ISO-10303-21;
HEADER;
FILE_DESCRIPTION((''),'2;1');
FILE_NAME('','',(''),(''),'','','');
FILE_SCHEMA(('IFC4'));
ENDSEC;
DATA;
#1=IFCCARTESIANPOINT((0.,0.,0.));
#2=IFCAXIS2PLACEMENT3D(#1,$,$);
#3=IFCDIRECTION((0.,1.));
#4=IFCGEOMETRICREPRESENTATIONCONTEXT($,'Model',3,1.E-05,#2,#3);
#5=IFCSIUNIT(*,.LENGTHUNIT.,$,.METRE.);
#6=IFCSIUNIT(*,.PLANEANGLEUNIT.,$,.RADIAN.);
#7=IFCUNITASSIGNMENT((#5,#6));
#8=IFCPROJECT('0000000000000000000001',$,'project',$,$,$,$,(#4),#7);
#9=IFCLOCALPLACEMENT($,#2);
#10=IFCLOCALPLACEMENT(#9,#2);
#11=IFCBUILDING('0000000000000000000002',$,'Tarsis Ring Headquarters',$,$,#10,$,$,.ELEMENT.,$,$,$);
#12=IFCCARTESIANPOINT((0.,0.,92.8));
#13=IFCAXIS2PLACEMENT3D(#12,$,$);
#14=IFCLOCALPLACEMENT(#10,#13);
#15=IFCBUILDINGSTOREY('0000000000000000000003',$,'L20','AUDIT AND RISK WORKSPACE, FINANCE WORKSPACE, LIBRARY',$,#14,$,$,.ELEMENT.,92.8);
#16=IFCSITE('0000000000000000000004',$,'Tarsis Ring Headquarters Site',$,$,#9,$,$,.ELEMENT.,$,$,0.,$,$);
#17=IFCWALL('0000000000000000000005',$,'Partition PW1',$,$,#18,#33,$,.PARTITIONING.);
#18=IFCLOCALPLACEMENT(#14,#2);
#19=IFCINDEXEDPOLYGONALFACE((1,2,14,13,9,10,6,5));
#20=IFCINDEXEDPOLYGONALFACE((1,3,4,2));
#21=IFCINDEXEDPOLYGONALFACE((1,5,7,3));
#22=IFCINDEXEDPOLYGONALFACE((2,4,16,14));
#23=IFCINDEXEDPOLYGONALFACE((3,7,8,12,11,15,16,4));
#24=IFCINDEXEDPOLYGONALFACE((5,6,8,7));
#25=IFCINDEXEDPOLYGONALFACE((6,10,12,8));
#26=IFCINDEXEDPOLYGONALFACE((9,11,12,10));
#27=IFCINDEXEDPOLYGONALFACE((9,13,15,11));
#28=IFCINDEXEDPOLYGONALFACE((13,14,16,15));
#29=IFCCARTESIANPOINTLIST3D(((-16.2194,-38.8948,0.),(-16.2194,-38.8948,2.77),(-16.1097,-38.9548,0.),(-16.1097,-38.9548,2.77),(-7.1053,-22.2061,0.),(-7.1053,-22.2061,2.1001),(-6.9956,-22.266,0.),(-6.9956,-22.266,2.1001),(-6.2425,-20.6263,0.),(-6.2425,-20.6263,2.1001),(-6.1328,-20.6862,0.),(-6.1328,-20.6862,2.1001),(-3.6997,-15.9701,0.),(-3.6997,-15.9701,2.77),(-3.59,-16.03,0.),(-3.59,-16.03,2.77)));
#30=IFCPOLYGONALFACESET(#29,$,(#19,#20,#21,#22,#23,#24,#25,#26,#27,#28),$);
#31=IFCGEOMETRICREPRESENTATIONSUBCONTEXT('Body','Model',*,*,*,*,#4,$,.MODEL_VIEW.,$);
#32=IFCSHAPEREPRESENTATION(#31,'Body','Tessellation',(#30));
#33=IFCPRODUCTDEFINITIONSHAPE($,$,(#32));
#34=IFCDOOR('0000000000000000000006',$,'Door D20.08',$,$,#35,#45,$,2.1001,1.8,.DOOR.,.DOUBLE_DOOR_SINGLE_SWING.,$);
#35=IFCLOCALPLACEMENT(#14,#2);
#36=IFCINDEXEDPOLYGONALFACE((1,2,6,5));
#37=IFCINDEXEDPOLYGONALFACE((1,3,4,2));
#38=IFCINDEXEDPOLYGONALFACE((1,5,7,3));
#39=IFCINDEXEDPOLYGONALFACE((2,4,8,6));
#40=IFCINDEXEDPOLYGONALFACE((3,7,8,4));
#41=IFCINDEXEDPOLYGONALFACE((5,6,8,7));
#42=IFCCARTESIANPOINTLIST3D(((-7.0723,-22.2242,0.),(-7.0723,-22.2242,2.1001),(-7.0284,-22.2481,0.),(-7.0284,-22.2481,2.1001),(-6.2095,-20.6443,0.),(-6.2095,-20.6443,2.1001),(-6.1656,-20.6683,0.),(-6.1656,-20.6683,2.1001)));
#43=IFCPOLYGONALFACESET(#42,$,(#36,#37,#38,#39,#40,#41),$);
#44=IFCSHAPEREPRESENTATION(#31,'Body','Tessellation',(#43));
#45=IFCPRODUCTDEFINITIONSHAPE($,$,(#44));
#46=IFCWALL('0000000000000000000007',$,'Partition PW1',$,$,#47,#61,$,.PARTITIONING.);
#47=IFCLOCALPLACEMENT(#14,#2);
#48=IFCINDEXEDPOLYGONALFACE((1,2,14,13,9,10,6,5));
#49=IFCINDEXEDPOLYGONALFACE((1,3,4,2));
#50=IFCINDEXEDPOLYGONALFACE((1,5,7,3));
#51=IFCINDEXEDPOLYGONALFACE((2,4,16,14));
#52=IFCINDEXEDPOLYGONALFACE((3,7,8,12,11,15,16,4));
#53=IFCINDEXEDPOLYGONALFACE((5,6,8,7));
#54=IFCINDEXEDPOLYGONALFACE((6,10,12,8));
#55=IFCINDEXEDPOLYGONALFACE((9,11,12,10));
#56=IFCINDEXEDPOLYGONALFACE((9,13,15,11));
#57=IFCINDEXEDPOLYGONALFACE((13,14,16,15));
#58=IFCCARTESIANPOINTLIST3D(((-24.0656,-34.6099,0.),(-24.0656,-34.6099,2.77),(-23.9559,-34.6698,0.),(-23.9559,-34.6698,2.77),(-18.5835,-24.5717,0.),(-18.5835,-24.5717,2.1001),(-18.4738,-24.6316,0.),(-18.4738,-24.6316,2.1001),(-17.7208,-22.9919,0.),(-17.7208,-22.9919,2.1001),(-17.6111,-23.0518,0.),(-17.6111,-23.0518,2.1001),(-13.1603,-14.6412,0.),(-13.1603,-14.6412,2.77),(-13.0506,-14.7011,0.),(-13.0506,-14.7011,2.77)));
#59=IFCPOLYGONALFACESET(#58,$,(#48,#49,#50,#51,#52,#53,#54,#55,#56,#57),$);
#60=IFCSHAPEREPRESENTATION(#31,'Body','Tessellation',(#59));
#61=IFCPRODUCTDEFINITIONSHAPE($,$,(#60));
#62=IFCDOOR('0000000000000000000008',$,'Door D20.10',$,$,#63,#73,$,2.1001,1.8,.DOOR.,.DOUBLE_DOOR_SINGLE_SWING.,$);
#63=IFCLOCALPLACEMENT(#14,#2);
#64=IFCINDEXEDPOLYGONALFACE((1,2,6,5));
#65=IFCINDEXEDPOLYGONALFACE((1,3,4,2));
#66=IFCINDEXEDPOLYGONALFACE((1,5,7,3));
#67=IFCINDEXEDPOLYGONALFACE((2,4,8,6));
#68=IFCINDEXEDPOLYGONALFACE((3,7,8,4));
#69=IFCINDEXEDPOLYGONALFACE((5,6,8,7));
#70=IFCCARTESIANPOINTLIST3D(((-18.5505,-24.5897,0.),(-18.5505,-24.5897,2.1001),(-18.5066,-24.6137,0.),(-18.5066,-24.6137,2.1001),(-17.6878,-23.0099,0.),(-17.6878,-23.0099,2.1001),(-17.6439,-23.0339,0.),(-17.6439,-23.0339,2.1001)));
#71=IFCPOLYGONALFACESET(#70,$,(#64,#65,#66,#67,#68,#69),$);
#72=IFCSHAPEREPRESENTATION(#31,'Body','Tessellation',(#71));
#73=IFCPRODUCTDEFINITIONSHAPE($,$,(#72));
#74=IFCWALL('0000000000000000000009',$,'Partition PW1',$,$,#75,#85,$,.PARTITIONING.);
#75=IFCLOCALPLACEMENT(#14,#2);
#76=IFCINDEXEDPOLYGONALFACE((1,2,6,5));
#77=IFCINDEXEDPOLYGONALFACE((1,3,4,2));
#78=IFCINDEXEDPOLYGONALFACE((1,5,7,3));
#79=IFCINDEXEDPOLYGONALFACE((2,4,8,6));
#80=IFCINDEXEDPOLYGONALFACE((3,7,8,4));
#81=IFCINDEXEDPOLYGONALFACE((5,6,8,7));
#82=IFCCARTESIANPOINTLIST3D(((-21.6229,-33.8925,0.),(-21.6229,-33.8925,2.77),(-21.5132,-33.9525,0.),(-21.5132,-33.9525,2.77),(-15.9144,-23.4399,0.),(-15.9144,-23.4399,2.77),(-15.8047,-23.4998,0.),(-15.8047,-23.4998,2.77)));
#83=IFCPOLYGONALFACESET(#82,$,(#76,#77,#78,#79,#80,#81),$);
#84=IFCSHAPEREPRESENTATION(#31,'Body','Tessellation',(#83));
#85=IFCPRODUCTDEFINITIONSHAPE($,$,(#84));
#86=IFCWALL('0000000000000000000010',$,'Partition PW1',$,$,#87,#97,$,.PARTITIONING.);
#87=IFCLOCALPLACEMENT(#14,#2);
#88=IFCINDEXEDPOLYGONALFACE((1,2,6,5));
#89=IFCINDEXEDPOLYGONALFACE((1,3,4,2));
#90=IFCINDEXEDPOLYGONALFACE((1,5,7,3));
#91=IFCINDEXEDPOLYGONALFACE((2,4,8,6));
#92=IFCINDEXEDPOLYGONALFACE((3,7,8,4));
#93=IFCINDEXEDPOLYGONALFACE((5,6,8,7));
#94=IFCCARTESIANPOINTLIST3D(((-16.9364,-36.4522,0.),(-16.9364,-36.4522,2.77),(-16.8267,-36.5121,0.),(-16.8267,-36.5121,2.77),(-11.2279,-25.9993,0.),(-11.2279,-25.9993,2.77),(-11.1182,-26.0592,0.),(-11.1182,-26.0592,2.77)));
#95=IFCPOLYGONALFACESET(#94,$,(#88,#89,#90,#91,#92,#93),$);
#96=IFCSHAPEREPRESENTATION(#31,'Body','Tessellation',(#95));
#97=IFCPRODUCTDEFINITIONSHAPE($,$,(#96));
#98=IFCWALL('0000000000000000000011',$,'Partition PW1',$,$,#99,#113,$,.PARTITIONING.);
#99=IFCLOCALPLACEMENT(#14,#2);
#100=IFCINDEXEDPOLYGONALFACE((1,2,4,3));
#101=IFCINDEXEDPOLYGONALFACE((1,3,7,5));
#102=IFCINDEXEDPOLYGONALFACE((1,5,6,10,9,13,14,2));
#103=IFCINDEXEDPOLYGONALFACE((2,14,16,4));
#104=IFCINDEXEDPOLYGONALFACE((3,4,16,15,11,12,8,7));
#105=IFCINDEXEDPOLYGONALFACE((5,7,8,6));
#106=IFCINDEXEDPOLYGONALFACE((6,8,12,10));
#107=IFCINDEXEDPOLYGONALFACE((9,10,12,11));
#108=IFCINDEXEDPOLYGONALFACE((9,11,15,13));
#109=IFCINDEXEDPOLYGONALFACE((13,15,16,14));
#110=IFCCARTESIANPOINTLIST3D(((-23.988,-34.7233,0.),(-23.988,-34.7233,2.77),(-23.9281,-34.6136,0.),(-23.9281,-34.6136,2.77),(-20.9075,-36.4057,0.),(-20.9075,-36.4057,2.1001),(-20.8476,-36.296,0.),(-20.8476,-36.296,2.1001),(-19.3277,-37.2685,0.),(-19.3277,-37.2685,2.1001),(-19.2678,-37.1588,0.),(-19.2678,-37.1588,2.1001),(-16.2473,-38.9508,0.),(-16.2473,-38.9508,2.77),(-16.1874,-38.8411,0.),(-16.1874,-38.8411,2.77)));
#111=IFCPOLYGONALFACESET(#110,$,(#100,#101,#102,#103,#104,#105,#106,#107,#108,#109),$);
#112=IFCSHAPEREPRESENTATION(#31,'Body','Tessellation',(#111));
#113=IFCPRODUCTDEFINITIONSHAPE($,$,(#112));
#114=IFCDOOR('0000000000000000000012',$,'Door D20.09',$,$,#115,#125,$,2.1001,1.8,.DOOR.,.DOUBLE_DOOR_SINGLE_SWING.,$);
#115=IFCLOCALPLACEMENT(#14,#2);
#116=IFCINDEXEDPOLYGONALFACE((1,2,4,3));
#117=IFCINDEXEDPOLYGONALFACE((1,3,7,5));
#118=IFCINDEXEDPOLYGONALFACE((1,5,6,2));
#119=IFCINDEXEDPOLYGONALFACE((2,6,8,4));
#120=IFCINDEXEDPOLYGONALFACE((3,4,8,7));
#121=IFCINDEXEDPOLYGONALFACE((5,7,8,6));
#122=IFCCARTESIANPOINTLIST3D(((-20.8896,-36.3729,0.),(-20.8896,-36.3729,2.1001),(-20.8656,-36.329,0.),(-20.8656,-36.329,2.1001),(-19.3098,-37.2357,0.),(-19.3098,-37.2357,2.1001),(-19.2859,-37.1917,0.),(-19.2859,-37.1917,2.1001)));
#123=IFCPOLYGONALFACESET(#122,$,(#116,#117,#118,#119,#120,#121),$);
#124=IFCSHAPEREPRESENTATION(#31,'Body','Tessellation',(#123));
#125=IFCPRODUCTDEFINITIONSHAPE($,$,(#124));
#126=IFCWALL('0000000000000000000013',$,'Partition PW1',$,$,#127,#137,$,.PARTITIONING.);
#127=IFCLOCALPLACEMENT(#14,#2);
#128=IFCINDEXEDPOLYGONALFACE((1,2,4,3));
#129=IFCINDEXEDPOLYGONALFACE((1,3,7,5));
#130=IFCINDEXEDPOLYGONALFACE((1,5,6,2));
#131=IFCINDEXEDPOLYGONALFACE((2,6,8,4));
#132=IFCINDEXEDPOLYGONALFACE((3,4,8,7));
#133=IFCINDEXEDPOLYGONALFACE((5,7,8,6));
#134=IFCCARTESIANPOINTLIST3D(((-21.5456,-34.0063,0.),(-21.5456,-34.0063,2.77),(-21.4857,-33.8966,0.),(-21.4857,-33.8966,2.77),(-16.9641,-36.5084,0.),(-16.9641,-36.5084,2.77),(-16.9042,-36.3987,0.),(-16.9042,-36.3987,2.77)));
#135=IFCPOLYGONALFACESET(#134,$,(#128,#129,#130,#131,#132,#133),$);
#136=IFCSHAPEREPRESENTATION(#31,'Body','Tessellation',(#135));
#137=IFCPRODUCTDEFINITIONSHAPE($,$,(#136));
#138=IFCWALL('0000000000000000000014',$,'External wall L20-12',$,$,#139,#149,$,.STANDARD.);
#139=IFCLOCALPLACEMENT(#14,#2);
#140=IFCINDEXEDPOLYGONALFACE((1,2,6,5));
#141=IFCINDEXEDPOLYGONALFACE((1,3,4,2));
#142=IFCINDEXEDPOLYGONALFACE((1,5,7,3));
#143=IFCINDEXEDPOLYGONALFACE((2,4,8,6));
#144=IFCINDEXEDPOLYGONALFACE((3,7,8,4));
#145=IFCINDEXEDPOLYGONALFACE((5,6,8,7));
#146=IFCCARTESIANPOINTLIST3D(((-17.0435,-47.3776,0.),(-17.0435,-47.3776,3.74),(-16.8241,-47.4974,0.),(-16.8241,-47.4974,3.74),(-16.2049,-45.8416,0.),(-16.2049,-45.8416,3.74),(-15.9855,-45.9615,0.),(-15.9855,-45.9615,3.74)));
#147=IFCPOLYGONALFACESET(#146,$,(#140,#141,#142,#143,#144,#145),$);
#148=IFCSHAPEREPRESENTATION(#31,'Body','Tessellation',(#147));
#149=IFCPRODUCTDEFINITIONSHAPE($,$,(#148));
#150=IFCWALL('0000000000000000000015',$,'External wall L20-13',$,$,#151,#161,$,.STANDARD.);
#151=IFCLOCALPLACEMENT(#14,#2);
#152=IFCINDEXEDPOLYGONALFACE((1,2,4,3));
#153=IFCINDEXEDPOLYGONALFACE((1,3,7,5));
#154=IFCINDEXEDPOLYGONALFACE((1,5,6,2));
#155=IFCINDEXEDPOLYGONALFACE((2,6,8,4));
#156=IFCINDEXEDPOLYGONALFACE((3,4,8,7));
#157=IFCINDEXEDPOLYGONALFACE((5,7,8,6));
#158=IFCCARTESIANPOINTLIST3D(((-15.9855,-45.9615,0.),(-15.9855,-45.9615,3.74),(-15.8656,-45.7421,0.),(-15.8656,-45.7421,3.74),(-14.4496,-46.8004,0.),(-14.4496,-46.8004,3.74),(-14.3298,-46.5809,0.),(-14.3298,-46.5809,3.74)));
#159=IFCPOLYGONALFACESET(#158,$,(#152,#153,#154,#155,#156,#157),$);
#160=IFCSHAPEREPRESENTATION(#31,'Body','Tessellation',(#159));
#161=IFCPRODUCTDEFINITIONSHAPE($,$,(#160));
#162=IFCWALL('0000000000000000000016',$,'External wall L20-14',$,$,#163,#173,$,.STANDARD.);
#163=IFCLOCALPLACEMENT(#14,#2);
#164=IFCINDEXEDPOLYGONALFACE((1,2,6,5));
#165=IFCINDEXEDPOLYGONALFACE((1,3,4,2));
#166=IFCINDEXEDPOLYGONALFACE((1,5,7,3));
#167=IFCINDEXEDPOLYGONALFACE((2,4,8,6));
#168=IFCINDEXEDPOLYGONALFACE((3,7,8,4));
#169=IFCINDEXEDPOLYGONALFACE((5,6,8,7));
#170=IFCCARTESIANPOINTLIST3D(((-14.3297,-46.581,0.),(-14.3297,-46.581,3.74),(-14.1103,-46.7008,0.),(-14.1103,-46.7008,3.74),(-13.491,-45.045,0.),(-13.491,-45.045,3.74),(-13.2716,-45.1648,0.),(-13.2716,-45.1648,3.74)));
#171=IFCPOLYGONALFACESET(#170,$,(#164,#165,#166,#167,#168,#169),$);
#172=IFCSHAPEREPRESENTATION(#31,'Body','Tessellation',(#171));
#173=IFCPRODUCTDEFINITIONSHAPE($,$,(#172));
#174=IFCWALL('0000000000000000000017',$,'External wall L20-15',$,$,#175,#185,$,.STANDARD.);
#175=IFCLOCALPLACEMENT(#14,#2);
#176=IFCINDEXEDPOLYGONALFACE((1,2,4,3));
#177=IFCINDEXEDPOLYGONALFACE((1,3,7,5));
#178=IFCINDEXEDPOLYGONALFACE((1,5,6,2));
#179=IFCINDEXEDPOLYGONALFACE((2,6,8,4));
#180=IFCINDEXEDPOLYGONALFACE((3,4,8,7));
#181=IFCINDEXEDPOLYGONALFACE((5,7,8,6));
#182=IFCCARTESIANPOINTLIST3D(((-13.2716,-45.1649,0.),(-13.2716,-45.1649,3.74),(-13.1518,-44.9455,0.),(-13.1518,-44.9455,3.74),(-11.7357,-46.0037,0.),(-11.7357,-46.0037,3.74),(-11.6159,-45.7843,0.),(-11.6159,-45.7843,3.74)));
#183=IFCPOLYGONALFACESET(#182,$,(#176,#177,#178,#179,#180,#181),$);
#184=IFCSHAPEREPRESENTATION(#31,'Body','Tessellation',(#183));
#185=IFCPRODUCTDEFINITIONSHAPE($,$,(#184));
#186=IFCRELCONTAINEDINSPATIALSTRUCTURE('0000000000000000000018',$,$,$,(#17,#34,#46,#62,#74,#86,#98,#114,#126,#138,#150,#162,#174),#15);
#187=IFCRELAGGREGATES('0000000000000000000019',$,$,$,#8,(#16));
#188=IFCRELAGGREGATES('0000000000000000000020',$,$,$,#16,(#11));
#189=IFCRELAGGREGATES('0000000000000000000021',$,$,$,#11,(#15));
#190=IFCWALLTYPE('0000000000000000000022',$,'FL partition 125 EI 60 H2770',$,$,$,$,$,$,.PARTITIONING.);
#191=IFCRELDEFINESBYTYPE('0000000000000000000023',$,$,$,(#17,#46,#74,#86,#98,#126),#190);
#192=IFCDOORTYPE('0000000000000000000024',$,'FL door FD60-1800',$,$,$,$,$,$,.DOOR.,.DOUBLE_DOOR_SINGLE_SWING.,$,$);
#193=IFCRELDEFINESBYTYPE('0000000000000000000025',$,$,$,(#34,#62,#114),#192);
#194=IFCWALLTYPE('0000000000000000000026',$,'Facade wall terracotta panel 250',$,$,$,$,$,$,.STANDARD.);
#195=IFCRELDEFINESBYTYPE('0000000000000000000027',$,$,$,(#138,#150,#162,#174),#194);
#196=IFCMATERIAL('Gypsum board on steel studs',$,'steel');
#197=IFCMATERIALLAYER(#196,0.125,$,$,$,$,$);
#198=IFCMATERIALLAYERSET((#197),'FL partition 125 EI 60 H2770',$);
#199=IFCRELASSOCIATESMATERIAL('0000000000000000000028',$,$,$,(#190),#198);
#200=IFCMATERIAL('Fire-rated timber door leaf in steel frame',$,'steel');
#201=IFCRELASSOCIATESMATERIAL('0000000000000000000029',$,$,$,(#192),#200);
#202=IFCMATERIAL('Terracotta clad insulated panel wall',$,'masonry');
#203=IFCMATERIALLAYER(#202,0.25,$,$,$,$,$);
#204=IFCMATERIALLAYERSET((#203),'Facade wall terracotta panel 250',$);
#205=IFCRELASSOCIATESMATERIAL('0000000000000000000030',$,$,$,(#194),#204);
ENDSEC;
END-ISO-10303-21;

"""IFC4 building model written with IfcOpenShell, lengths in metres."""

from ifc_helpers import new_model, si_unit, direction, frame, frame_2d, origin, place, context, subcontext, project, spatial, rectangle, extrude, material, layer, layer_set, type_object, element, fill, save


model = new_model("IFC4")

# Units and contexts
model_context = context("Model", 3, precision=1e-05, world=origin(), true_north=direction((0.0, 1.0)))
body_context = subcontext(model_context, "Body", "Model", "MODEL_VIEW")
ifc_project = project(units=[si_unit("LENGTHUNIT", "METRE"), si_unit("PLANEANGLEUNIT", "RADIAN")], contexts=[model_context])

# Site, building, storey
site_placement = place(None, origin())
site = spatial("IfcSite", under=ifc_project, at=site_placement, Name="Tarsis Ring Headquarters Site", CompositionType="ELEMENT", RefElevation=0.0)
building_placement = place(site_placement, origin())
building = spatial("IfcBuilding", under=site, at=building_placement, Name="Tarsis Ring Headquarters", CompositionType="ELEMENT")
storey_placement = place(building_placement, frame((0.0, 0.0, 92.8)))
storey = spatial("IfcBuildingStorey", under=building, at=storey_placement, Name="L20", Description="AUDIT AND RISK WORKSPACE, FINANCE WORKSPACE, LIBRARY", CompositionType="ELEMENT", Elevation=92.8)

# Walls, openings, doors
ifc_material_1 = material(Name="Gypsum board on steel studs", Category="steel")
ifc_layer_1 = layer(ifc_material_1, 0.125)
ifc_layer_set_1 = layer_set([ifc_layer_1], Name="FL partition 125 EI 60 H2770")
wall_type_1 = type_object("IfcWallType", Name="FL partition 125 EI 60 H2770", PredefinedType="PARTITIONING", material=ifc_layer_set_1)
wall_1_placement = place(storey_placement, frame((-16.1646, -38.9248, 0.0), z_axis=(0.0, 0.0, 1.0), x_axis=(0.479305, 0.877649, 0.0)))
wall_1 = element("IfcWall", 1, at=wall_1_placement, inside=storey, type_object=wall_type_1, Name="Partition PW1", PredefinedType="PARTITIONING", context=body_context, shape_type="SweptSolid", body=[
    extrude(rectangle(XDim=26.1206, YDim=0.125, at=frame_2d((13.0603, 0.0))), origin(), (0.0, 0.0, 1.0), 2.77),
])
opening_1_placement = place(wall_1_placement, frame((19.0154, 0.0, 0.0)))
opening_1 = element("IfcOpeningElement", 2, at=opening_1_placement, cuts=wall_1, PredefinedType="OPENING", context=body_context, shape_type="SweptSolid", body=[
    extrude(rectangle(XDim=1.8, YDim=2.1001, at=frame_2d((0.8999, 1.05))), frame((0.0, 0.0725, 0.0), z_axis=(0.0, -1.0, 0.0), x_axis=(1.0, 0.0, 0.0)), (0.0, 0.0, 1.0), 0.145),
])
ifc_material_2 = material(Name="Fire-rated timber door leaf in steel frame", Category="steel")
door_type = type_object("IfcDoorType", Name="FL door FD60-1800", OperationType="DOUBLE_DOOR_SINGLE_SWING", PredefinedType="DOOR", material=ifc_material_2)
door_1_placement = place(opening_1_placement, origin())
door_1 = element("IfcDoor", 3, at=door_1_placement, inside=storey, type_object=door_type, Name="Door D20.08", OperationType="DOUBLE_DOOR_SINGLE_SWING", OverallHeight=2.1001, OverallWidth=1.8, PredefinedType="DOOR", context=body_context, shape_type="SweptSolid", body=[
    extrude(rectangle(XDim=1.8, YDim=2.1001, at=frame_2d((0.8999, 1.05))), frame((0.0, 0.0249, 0.0), z_axis=(0.0, -1.0, 0.0), x_axis=(1.0, 0.0, 0.0)), (0.0, 0.0, 1.0), 0.05),
])
fill(opening_1, door_1)
wall_2_placement = place(storey_placement, frame((-24.0107, -34.6399, 0.0), z_axis=(0.0, 0.0, 1.0), x_axis=(0.4793, 0.877651, 0.0)))
wall_2 = element("IfcWall", 4, at=wall_2_placement, inside=storey, type_object=wall_type_1, Name="Partition PW1", PredefinedType="PARTITIONING", context=body_context, shape_type="SweptSolid", body=[
    extrude(rectangle(XDim=22.7524, YDim=0.125, at=frame_2d((11.3762, 0.0))), origin(), (0.0, 0.0, 1.0), 2.77),
])
opening_2_placement = place(wall_2_placement, frame((11.4377, 0.0, 0.0)))
opening_2 = element("IfcOpeningElement", 5, at=opening_2_placement, cuts=wall_2, PredefinedType="OPENING", context=body_context, shape_type="SweptSolid", body=[
    extrude(rectangle(XDim=1.8, YDim=2.1001, at=frame_2d((0.8999, 1.05))), frame((0.0, 0.0725, 0.0), z_axis=(0.0, -1.0, 0.0), x_axis=(1.0, 0.0, 0.0)), (0.0, 0.0, 1.0), 0.145),
])
door_2_placement = place(opening_2_placement, origin())
door_2 = element("IfcDoor", 6, at=door_2_placement, inside=storey, type_object=door_type, Name="Door D20.10", OperationType="DOUBLE_DOOR_SINGLE_SWING", OverallHeight=2.1001, OverallWidth=1.8, PredefinedType="DOOR", context=body_context, shape_type="SweptSolid", body=[
    extrude(rectangle(XDim=1.8, YDim=2.1001, at=frame_2d((0.8999, 1.05))), frame((0.0, 0.0249, 0.0), z_axis=(0.0, -1.0, 0.0), x_axis=(1.0, 0.0, 0.0)), (0.0, 0.0, 1.0), 0.05),
])
fill(opening_2, door_2)

# Walls
wall_3_placement = place(storey_placement, frame((-21.5681, -33.9226, 0.0), z_axis=(0.0, 0.0, 1.0), x_axis=(0.479309, 0.877646, 0.0)))
element("IfcWall", 7, at=wall_3_placement, inside=storey, type_object=wall_type_1, Name="Partition PW1", PredefinedType="PARTITIONING", context=body_context, shape_type="SweptSolid", body=[
    extrude(rectangle(XDim=11.9099, YDim=0.125, at=frame_2d((5.9551, 0.0))), origin(), (0.0, 0.0, 1.0), 2.77),
])
wall_4_placement = place(storey_placement, frame((-16.8816, -36.4822, 0.0), z_axis=(0.0, 0.0, 1.0), x_axis=(0.4793, 0.877651, 0.0)))
element("IfcWall", 8, at=wall_4_placement, inside=storey, type_object=wall_type_1, Name="Partition PW1", PredefinedType="PARTITIONING", context=body_context, shape_type="SweptSolid", body=[
    extrude(rectangle(XDim=11.9102, YDim=0.125, at=frame_2d((5.9551, 0.0))), origin(), (0.0, 0.0, 1.0), 2.77),
])

# Wall, opening, door
wall_5_placement = place(storey_placement, frame((-23.958, -34.6685, 0.0), z_axis=(0.0, 0.0, 1.0), x_axis=(0.877642, -0.479318, 0.0)))
wall_5 = element("IfcWall", 9, at=wall_5_placement, inside=storey, type_object=wall_type_1, Name="Partition PW1", PredefinedType="PARTITIONING", context=body_context, shape_type="SweptSolid", body=[
    extrude(rectangle(XDim=8.8198, YDim=0.125, at=frame_2d((4.4099, 0.0))), origin(), (0.0, 0.0, 1.0), 2.77),
])
opening_3_placement = place(wall_5_placement, frame((3.51, 0.0, 0.0)))
opening_3 = element("IfcOpeningElement", 10, at=opening_3_placement, cuts=wall_5, PredefinedType="OPENING", context=body_context, shape_type="SweptSolid", body=[
    extrude(rectangle(XDim=1.8, YDim=2.1001, at=frame_2d((0.8999, 1.05))), frame((0.0, 0.0725, 0.0), z_axis=(0.0, -1.0, 0.0), x_axis=(1.0, 0.0, 0.0)), (0.0, 0.0, 1.0), 0.145),
])
door_3_placement = place(opening_3_placement, origin())
door_3 = element("IfcDoor", 11, at=door_3_placement, inside=storey, type_object=door_type, Name="Door D20.09", OperationType="DOUBLE_DOOR_SINGLE_SWING", OverallHeight=2.1001, OverallWidth=1.8, PredefinedType="DOOR", context=body_context, shape_type="SweptSolid", body=[
    extrude(rectangle(XDim=1.8, YDim=2.1001, at=frame_2d((0.8999, 1.05))), frame((0.0, 0.0249, 0.0), z_axis=(0.0, -1.0, 0.0), x_axis=(1.0, 0.0, 0.0)), (0.0, 0.0, 1.0), 0.05),
])
fill(opening_3, door_3)

# Walls
wall_6_placement = place(storey_placement, frame((-21.5156, -33.9514, 0.0), z_axis=(0.0, 0.0, 1.0), x_axis=(0.87764, -0.479321, 0.0)))
element("IfcWall", 12, at=wall_6_placement, inside=storey, type_object=wall_type_1, Name="Partition PW1", PredefinedType="PARTITIONING", context=body_context, shape_type="SweptSolid", body=[
    extrude(rectangle(XDim=5.2202, YDim=0.125, at=frame_2d((2.6101, 0.0))), origin(), (0.0, 0.0, 1.0), 2.77),
])
ifc_material_3 = material(Name="Terracotta clad insulated panel wall", Category="masonry")
ifc_layer_2 = layer(ifc_material_3, 0.25)
ifc_layer_set_2 = layer_set([ifc_layer_2], Name="Facade wall terracotta panel 250")
wall_type_2 = type_object("IfcWallType", Name="Facade wall terracotta panel 250", PredefinedType="STANDARD", material=ifc_layer_set_2)
for number, where, z_axis, x_axis, name in (
    (13, (-16.9338, -47.4375, 0.0), (0.0, 0.0, 1.0), (0.479233, 0.877688, 0.0), "External wall L20-12"),
    (14, (-15.9255, -45.8518, 0.0), (0.0, 0.0, 1.0), (0.877629, -0.479341, 0.0), "External wall L20-13"),
    (15, (-14.22, -46.6409, 0.0), (0.0, 0.0, 1.0), (0.479233, 0.877688, 0.0), "External wall L20-14"),
    (16, (-13.2117, -45.0552, 0.0), (0.0, 0.0, 1.0), (0.877629, -0.479341, 0.0), "External wall L20-15"),
):
    element("IfcWall", number, at=place(storey_placement, frame(where, z_axis=z_axis, x_axis=x_axis)), inside=storey, type_object=wall_type_2, Name=name, PredefinedType="STANDARD", context=body_context, shape_type="SweptSolid", body=[
        extrude(rectangle(XDim=1.75, YDim=0.25, at=frame_2d((0.875, 0.0))), origin(), (0.0, 0.0, 1.0), 3.74),
    ])

save(model, "model.ifc")
